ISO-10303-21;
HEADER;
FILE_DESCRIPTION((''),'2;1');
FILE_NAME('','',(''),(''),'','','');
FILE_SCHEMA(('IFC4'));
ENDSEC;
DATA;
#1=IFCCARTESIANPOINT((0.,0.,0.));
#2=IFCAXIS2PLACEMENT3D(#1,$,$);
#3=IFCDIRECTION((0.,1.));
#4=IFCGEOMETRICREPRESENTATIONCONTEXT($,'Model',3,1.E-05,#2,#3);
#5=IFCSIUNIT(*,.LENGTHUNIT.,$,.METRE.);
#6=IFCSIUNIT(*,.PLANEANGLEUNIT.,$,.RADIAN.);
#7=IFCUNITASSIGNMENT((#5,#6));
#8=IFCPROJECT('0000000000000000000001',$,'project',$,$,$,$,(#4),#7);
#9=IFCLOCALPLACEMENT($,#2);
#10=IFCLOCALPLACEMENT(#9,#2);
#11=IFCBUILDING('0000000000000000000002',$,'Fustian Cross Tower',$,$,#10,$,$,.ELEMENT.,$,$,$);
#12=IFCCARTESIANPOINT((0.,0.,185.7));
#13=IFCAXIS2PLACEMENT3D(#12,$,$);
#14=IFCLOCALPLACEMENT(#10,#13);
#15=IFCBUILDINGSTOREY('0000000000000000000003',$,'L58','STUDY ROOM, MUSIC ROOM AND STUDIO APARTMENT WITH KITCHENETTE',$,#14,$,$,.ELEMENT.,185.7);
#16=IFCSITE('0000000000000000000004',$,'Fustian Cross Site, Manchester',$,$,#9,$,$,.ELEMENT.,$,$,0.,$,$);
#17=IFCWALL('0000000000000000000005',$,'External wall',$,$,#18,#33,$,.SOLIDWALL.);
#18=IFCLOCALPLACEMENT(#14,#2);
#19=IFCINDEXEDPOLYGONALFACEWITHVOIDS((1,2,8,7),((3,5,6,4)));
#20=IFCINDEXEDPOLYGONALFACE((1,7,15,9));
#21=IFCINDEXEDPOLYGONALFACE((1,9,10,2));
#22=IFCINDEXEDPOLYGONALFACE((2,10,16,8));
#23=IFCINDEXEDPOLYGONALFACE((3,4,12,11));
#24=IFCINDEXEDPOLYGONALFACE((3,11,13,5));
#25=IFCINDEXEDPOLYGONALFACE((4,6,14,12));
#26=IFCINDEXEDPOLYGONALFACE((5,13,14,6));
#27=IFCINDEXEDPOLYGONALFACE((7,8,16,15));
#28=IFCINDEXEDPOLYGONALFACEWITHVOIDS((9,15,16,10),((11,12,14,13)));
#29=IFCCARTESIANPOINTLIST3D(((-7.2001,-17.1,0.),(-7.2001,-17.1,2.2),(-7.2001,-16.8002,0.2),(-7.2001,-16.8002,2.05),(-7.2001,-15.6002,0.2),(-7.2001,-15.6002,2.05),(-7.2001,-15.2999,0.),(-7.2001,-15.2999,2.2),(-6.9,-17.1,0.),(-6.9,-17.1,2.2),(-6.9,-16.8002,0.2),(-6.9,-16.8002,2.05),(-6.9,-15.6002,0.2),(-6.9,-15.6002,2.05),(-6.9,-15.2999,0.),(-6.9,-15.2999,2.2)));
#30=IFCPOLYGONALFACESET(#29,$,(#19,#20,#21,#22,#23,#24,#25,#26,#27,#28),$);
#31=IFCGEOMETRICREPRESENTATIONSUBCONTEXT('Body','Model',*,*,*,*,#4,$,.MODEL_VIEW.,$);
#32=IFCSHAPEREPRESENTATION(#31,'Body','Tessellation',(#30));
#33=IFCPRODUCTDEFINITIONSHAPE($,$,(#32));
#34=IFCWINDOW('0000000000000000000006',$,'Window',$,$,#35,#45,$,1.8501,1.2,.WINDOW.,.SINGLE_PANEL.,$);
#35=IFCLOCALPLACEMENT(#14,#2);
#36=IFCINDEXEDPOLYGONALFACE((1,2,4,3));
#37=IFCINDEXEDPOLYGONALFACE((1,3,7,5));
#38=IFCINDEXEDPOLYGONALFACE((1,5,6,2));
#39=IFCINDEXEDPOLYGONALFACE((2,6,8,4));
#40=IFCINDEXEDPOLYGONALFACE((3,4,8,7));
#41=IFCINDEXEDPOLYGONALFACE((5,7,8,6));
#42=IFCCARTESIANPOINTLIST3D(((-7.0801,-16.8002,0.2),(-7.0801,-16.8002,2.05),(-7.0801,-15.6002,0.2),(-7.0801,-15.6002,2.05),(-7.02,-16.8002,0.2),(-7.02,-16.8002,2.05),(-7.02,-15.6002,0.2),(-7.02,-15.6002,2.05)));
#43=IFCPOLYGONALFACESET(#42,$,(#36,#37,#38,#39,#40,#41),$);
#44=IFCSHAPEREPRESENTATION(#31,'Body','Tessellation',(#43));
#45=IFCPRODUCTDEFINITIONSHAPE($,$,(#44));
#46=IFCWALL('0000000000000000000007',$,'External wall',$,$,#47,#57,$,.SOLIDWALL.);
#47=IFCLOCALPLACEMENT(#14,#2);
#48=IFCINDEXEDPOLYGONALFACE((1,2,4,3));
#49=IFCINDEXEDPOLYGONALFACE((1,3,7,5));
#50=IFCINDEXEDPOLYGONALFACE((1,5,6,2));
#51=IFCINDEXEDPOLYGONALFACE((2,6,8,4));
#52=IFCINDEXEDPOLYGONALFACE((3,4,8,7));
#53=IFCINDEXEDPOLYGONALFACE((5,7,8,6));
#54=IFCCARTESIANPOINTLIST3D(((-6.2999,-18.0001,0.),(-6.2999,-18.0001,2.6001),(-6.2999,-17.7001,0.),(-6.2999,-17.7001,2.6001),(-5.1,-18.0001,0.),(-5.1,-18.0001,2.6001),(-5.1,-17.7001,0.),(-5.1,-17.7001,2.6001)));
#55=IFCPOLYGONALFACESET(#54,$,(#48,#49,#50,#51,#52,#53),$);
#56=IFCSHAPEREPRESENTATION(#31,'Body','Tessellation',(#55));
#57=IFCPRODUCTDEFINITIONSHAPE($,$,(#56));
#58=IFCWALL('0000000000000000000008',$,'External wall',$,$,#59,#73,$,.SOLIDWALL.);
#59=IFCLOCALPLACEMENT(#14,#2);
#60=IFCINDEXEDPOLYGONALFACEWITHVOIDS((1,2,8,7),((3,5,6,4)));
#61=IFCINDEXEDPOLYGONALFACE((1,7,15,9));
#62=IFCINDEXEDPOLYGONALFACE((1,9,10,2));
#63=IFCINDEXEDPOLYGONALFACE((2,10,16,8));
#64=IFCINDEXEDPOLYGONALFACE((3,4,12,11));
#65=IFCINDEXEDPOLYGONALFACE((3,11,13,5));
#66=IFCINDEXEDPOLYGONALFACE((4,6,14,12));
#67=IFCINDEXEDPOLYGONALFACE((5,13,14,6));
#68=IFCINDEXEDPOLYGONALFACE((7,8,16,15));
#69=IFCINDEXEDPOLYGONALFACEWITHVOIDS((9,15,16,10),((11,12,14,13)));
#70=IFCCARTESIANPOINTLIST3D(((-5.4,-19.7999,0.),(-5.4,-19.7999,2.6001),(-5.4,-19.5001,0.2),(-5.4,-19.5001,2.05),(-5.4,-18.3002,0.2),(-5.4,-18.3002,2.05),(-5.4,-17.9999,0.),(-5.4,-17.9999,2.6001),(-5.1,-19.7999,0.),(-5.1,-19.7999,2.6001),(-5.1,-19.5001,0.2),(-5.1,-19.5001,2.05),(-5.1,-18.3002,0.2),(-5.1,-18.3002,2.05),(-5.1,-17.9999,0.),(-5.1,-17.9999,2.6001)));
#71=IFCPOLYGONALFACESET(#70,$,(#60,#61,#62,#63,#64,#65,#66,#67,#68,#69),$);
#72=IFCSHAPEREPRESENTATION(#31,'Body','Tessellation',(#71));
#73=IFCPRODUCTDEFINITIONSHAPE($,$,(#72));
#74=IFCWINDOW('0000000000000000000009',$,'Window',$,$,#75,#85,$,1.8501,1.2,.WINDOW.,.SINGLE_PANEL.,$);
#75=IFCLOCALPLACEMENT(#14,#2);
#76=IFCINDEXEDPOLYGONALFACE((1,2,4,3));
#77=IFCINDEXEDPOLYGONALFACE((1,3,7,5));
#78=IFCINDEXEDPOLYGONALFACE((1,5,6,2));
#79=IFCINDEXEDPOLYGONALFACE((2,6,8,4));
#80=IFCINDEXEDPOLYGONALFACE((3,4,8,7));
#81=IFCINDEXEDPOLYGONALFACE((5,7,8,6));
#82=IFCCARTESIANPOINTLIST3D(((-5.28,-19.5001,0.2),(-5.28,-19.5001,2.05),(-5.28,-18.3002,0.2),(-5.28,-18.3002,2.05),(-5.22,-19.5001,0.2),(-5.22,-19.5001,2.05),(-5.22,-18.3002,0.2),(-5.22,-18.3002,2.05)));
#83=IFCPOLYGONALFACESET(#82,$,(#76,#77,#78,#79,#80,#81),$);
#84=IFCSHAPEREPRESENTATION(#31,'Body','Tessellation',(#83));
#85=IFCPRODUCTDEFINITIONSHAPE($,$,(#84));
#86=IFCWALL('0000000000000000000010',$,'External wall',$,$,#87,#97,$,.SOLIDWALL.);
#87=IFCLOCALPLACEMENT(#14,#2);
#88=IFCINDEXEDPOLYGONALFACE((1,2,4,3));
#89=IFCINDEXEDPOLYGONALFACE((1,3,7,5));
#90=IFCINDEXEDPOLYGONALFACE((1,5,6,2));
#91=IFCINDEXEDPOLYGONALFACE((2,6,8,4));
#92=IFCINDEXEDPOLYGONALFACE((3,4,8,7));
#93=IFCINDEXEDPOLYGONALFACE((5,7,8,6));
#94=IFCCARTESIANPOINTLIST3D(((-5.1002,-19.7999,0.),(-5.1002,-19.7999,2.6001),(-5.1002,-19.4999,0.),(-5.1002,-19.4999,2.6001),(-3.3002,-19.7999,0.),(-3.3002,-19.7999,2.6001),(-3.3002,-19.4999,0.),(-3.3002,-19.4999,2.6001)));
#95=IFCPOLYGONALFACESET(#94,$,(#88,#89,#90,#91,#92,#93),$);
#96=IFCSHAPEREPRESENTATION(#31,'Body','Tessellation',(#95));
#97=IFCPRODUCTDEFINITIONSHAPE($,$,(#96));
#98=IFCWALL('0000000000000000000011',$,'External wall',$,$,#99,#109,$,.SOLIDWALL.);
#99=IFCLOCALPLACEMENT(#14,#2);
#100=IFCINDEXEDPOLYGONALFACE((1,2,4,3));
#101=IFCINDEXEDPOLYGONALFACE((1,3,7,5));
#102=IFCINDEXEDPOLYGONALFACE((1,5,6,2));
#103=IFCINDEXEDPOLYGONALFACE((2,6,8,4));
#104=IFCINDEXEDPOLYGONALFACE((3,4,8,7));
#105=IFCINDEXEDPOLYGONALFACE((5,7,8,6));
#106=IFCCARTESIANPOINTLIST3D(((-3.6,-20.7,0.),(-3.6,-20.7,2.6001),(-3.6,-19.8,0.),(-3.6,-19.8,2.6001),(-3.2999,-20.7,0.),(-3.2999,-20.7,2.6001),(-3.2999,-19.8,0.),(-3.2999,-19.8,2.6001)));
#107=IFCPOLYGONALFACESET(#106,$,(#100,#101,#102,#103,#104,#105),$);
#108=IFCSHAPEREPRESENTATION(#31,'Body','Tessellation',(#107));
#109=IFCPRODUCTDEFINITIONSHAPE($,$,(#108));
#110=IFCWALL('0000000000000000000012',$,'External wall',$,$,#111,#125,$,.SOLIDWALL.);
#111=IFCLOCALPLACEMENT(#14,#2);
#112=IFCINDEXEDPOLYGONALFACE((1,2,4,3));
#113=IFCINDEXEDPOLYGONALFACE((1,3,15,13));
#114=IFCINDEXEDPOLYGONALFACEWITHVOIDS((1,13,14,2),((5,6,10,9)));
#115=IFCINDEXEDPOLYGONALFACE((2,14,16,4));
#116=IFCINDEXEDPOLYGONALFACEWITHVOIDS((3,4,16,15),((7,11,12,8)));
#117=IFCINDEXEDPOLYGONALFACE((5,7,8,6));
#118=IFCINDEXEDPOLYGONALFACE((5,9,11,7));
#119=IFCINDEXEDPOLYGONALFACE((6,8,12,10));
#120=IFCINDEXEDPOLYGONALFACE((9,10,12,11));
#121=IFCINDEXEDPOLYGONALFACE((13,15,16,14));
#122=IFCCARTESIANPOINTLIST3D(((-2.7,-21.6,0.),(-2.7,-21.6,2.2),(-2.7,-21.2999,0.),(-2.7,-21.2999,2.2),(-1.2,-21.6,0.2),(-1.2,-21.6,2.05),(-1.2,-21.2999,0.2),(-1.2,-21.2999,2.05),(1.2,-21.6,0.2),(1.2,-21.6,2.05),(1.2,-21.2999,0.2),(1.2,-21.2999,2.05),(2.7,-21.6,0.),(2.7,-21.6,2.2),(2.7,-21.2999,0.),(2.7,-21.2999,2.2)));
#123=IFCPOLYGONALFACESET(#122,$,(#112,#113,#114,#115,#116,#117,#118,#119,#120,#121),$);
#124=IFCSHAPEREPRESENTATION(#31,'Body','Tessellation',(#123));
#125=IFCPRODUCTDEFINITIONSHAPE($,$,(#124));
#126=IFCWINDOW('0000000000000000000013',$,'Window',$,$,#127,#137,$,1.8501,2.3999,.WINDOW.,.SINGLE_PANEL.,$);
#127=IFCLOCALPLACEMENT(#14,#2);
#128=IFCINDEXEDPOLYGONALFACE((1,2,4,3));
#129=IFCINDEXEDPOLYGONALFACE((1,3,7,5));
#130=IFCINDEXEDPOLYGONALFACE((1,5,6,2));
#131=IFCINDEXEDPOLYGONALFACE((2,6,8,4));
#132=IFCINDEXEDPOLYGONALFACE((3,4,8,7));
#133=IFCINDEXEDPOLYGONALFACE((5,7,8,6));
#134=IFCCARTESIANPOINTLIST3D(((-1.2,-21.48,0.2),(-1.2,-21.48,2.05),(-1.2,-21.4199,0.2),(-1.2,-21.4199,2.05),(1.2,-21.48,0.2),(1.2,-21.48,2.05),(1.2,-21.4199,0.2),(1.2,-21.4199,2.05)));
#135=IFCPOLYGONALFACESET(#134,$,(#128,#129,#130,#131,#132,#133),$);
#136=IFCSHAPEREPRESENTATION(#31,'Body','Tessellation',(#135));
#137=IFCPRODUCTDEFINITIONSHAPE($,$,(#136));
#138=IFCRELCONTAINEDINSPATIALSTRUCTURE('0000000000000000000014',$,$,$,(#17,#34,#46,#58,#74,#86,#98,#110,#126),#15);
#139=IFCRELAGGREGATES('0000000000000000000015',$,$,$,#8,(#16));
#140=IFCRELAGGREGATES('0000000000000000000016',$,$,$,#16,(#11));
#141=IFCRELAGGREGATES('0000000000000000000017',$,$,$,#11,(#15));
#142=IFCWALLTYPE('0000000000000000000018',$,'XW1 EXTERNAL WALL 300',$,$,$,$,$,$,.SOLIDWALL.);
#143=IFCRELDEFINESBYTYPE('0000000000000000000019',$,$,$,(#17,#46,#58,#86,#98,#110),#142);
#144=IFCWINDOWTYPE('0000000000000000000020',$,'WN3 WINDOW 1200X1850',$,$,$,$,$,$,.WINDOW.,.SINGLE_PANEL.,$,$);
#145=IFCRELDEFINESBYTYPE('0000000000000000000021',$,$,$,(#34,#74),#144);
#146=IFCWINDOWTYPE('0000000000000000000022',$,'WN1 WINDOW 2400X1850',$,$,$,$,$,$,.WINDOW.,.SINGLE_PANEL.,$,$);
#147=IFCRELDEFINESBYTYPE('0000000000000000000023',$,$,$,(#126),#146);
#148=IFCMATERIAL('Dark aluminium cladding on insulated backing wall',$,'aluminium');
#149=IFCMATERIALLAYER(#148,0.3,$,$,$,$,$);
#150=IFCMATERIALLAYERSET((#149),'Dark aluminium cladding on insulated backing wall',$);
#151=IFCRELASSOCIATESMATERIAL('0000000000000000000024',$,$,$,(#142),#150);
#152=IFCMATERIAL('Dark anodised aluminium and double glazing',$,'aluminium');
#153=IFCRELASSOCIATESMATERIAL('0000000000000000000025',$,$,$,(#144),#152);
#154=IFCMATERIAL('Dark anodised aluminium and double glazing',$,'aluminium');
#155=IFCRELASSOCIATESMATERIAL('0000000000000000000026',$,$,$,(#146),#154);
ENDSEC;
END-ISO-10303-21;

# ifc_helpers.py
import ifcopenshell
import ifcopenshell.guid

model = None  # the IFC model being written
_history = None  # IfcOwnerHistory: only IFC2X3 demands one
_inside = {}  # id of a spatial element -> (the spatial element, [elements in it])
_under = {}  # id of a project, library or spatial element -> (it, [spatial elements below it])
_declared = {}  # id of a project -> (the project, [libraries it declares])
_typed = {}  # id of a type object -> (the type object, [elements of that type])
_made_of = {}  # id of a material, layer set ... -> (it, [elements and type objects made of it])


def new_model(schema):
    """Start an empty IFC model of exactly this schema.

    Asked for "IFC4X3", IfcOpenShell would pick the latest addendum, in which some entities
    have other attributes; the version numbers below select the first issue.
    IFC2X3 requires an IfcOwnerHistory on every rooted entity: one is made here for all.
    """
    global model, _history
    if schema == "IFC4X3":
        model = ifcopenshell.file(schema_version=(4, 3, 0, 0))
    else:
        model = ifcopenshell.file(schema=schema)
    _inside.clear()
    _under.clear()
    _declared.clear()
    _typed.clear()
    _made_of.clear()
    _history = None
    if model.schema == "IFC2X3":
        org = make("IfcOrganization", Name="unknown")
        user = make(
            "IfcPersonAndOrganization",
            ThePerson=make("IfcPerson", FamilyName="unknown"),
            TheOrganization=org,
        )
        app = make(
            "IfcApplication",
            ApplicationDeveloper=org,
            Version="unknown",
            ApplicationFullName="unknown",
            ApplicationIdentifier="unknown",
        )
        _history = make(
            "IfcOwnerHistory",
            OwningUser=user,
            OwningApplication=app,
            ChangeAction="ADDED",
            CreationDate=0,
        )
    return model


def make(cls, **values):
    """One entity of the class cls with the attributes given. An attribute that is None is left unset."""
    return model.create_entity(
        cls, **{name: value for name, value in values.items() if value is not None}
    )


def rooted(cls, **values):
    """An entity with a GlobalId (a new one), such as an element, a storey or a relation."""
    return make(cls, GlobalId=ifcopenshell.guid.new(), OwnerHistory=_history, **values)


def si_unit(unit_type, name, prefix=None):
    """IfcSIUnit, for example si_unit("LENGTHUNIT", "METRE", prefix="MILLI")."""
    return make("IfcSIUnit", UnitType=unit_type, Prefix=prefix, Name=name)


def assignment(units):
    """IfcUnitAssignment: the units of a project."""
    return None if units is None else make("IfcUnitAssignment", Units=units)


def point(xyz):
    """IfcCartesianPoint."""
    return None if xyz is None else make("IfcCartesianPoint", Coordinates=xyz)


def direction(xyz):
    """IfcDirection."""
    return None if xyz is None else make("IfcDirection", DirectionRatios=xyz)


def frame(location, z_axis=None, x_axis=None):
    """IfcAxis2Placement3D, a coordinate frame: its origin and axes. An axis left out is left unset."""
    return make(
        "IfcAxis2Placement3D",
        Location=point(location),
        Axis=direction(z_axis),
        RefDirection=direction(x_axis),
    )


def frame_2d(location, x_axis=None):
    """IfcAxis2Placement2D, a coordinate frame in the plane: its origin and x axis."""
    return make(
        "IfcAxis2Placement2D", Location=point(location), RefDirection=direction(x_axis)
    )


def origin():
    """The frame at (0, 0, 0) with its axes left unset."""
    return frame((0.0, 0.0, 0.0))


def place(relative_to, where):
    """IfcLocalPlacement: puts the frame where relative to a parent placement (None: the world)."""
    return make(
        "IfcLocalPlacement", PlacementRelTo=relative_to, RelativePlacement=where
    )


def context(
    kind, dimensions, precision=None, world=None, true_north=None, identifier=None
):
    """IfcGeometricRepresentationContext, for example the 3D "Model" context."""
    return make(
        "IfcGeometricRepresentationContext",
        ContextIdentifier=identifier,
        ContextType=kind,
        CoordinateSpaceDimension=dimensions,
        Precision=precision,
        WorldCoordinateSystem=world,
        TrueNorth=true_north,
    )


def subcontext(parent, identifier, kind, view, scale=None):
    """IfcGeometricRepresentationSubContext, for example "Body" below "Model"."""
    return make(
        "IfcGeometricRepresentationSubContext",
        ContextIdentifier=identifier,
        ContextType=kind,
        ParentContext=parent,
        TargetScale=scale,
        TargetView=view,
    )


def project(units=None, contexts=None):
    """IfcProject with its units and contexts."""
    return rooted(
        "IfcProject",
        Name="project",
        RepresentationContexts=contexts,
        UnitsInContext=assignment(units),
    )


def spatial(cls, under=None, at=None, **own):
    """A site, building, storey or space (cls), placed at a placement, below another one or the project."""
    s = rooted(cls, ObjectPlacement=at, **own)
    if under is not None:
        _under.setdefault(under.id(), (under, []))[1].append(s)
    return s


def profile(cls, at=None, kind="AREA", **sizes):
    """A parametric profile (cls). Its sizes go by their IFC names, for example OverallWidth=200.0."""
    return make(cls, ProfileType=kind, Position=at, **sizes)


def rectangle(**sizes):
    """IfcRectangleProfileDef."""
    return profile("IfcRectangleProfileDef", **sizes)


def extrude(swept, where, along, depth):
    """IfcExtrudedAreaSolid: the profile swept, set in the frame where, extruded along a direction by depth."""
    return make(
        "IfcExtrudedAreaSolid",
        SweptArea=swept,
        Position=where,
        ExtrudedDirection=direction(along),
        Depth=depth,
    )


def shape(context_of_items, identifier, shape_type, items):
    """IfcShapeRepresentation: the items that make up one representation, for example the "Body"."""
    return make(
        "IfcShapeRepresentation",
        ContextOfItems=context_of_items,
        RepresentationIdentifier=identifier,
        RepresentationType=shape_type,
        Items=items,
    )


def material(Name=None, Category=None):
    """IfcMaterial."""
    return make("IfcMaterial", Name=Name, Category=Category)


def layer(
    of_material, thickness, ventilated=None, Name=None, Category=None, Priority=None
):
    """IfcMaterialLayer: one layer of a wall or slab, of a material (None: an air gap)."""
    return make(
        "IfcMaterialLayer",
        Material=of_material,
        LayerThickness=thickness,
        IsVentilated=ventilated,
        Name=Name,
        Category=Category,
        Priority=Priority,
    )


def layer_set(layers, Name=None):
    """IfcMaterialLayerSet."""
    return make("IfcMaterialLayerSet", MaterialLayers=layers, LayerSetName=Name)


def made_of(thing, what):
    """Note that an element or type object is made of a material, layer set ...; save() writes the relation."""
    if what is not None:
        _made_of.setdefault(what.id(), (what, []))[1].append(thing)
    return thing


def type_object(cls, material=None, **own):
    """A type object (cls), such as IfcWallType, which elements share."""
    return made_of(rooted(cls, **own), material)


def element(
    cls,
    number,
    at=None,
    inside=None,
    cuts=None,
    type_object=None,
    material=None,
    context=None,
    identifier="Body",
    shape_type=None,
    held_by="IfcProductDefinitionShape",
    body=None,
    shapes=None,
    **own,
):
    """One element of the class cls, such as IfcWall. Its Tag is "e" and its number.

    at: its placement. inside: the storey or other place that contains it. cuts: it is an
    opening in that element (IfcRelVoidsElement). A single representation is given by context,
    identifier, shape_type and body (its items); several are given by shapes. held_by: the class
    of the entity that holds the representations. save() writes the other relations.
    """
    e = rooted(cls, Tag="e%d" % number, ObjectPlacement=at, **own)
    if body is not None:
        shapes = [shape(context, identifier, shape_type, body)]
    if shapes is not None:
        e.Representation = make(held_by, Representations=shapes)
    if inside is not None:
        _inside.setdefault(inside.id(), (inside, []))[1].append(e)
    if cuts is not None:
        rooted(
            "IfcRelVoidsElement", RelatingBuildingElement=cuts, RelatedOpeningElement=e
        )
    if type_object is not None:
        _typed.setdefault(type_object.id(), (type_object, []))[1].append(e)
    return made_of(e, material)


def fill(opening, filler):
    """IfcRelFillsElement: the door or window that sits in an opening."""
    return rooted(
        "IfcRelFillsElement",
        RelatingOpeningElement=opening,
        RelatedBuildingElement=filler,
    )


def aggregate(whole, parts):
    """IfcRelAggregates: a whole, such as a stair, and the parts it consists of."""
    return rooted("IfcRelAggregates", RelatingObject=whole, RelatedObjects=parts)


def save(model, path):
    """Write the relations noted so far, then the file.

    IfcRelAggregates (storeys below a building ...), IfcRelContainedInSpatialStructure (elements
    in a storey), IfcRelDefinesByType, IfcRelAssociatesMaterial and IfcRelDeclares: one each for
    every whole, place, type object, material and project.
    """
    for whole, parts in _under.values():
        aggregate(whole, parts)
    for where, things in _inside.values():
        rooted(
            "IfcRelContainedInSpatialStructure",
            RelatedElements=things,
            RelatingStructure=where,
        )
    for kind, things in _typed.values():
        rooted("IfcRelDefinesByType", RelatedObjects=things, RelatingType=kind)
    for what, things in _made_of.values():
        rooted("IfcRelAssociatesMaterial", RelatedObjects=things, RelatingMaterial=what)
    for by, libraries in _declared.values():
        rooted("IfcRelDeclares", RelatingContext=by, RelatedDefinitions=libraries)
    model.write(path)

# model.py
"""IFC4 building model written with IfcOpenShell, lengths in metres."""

from ifc_helpers import new_model, si_unit, direction, frame, frame_2d, origin, place, context, subcontext, project, spatial, rectangle, extrude, material, layer, layer_set, type_object, element, fill, save


model = new_model("IFC4")

# Units and contexts
model_context = context("Model", 3, precision=1e-05, world=origin(), true_north=direction((0.0, 1.0)))
body_context = subcontext(model_context, "Body", "Model", "MODEL_VIEW")
ifc_project = project(units=[si_unit("LENGTHUNIT", "METRE"), si_unit("PLANEANGLEUNIT", "RADIAN")], contexts=[model_context])

# Site, building, storey
site_placement = place(None, origin())
site = spatial("IfcSite", under=ifc_project, at=site_placement, Name="Fustian Cross Site, Manchester", CompositionType="ELEMENT", RefElevation=0.0)
building_placement = place(site_placement, origin())
building = spatial("IfcBuilding", under=site, at=building_placement, Name="Fustian Cross Tower", CompositionType="ELEMENT")
storey_placement = place(building_placement, frame((0.0, 0.0, 185.7)))
storey = spatial("IfcBuildingStorey", under=building, at=storey_placement, Name="L58", Description="STUDY ROOM, MUSIC ROOM AND STUDIO APARTMENT WITH KITCHENETTE", CompositionType="ELEMENT", Elevation=185.7)

# Wall, opening, window
ifc_material_1 = material(Name="Dark aluminium cladding on insulated backing wall", Category="aluminium")
ifc_layer_1 = layer(ifc_material_1, 0.3)
ifc_layer_set_1 = layer_set([ifc_layer_1], Name="Dark aluminium cladding on insulated backing wall")
wall_type_1 = type_object("IfcWallType", Name="XW1 EXTERNAL WALL 300", PredefinedType="SOLIDWALL", material=ifc_layer_set_1)
wall_1_placement = place(storey_placement, frame((-7.05, -15.3, 0.0), z_axis=(0.0, 0.0, 1.0), x_axis=(0.0, -1.0, 0.0)))
wall_1 = element("IfcWall", 1, at=wall_1_placement, inside=storey, type_object=wall_type_1, Name="External wall", PredefinedType="SOLIDWALL", context=body_context, shape_type="SweptSolid", body=[
    extrude(rectangle(XDim=1.8, YDim=0.3, at=frame_2d((0.8999, 0.0))), origin(), (0.0, 0.0, 1.0), 2.2),
])
opening_1_placement = place(wall_1_placement, frame((0.3, 0.0, 0.2)))
opening_1 = element("IfcOpeningElement", 2, at=opening_1_placement, cuts=wall_1, PredefinedType="OPENING", context=body_context, shape_type="SweptSolid", body=[
    extrude(rectangle(XDim=1.2, YDim=1.8501, at=frame_2d((0.6001, 0.925))), frame((0.0, 0.1599, 0.0), z_axis=(0.0, -1.0, 0.0), x_axis=(1.0, 0.0, 0.0)), (0.0, 0.0, 1.0), 0.3201),
])
ifc_material_2 = material(Name="Dark anodised aluminium and double glazing", Category="aluminium")
window_type_1 = type_object("IfcWindowType", Name="WN3 WINDOW 1200X1850", PartitioningType="SINGLE_PANEL", PredefinedType="WINDOW", material=ifc_material_2)
window_1_placement = place(opening_1_placement, origin())
window_1 = element("IfcWindow", 3, at=window_1_placement, inside=storey, type_object=window_type_1, Name="Window", OverallHeight=1.8501, OverallWidth=1.2, PartitioningType="SINGLE_PANEL", PredefinedType="WINDOW", context=body_context, shape_type="SweptSolid", body=[
    extrude(rectangle(XDim=1.2, YDim=1.8501, at=frame_2d((0.6001, 0.925))), frame((0.0, 0.03, 0.0), z_axis=(0.0, -1.0, 0.0), x_axis=(1.0, 0.0, 0.0)), (0.0, 0.0, 1.0), 0.0601),
])
fill(opening_1, window_1)

# Wall
wall_2_placement = place(storey_placement, frame((-6.3, -17.8501, 0.0), z_axis=(0.0, 0.0, 1.0), x_axis=(1.0, 0.0, 0.0)))
element("IfcWall", 4, at=wall_2_placement, inside=storey, type_object=wall_type_1, Name="External wall", PredefinedType="SOLIDWALL", context=body_context, shape_type="SweptSolid", body=[
    extrude(rectangle(XDim=1.2, YDim=0.3, at=frame_2d((0.6001, 0.0))), origin(), (0.0, 0.0, 1.0), 2.6001),
])

# Wall, opening, window
wall_3_placement = place(storey_placement, frame((-5.25, -18.0, 0.0), z_axis=(0.0, 0.0, 1.0), x_axis=(0.0, -1.0, 0.0)))
wall_3 = element("IfcWall", 5, at=wall_3_placement, inside=storey, type_object=wall_type_1, Name="External wall", PredefinedType="SOLIDWALL", context=body_context, shape_type="SweptSolid", body=[
    extrude(rectangle(XDim=1.8, YDim=0.3, at=frame_2d((0.8999, 0.0))), origin(), (0.0, 0.0, 1.0), 2.6001),
])
opening_2_placement = place(wall_3_placement, frame((0.3, 0.0, 0.2)))
opening_2 = element("IfcOpeningElement", 6, at=opening_2_placement, cuts=wall_3, PredefinedType="OPENING", context=body_context, shape_type="SweptSolid", body=[
    extrude(rectangle(XDim=1.2, YDim=1.8501, at=frame_2d((0.6001, 0.925))), frame((0.0, 0.1599, 0.0), z_axis=(0.0, -1.0, 0.0), x_axis=(1.0, 0.0, 0.0)), (0.0, 0.0, 1.0), 0.3201),
])
window_2_placement = place(opening_2_placement, origin())
window_2 = element("IfcWindow", 7, at=window_2_placement, inside=storey, type_object=window_type_1, Name="Window", OverallHeight=1.8501, OverallWidth=1.2, PartitioningType="SINGLE_PANEL", PredefinedType="WINDOW", context=body_context, shape_type="SweptSolid", body=[
    extrude(rectangle(XDim=1.2, YDim=1.8501, at=frame_2d((0.6001, 0.925))), frame((0.0, 0.03, 0.0), z_axis=(0.0, -1.0, 0.0), x_axis=(1.0, 0.0, 0.0)), (0.0, 0.0, 1.0), 0.0601),
])
fill(opening_2, window_2)

# Walls
wall_4_placement = place(storey_placement, frame((-5.1001, -19.6499, 0.0), z_axis=(0.0, 0.0, 1.0), x_axis=(1.0, 0.0, 0.0)))
element("IfcWall", 8, at=wall_4_placement, inside=storey, type_object=wall_type_1, Name="External wall", PredefinedType="SOLIDWALL", context=body_context, shape_type="SweptSolid", body=[
    extrude(rectangle(XDim=1.8, YDim=0.3, at=frame_2d((0.8999, 0.0))), origin(), (0.0, 0.0, 1.0), 2.6001),
])
wall_5_placement = place(storey_placement, frame((-3.45, -19.8, 0.0), z_axis=(0.0, 0.0, 1.0), x_axis=(0.0, -1.0, 0.0)))
element("IfcWall", 9, at=wall_5_placement, inside=storey, type_object=wall_type_1, Name="External wall", PredefinedType="SOLIDWALL", context=body_context, shape_type="SweptSolid", body=[
    extrude(rectangle(XDim=0.8999, YDim=0.3, at=frame_2d((0.45, 0.0))), origin(), (0.0, 0.0, 1.0), 2.6001),
])

# Wall, opening, window
wall_6_placement = place(storey_placement, frame((-2.7, -21.45, 0.0), z_axis=(0.0, 0.0, 1.0), x_axis=(1.0, 0.0, 0.0)))
wall_6 = element("IfcWall", 10, at=wall_6_placement, inside=storey, type_object=wall_type_1, Name="External wall", PredefinedType="SOLIDWALL", context=body_context, shape_type="SweptSolid", body=[
    extrude(rectangle(XDim=5.3999, YDim=0.3, at=frame_2d((2.7, 0.0))), origin(), (0.0, 0.0, 1.0), 2.2),
])
opening_3_placement = place(wall_6_placement, frame((1.5, 0.0, 0.2)))
opening_3 = element("IfcOpeningElement", 11, at=opening_3_placement, cuts=wall_6, PredefinedType="OPENING", context=body_context, shape_type="SweptSolid", body=[
    extrude(rectangle(XDim=2.3999, YDim=1.8501, at=frame_2d((1.2, 0.925))), frame((0.0, 0.1599, 0.0), z_axis=(0.0, -1.0, 0.0), x_axis=(1.0, 0.0, 0.0)), (0.0, 0.0, 1.0), 0.3201),
])
ifc_material_3 = material(Name="Dark anodised aluminium and double glazing", Category="aluminium")
window_type_2 = type_object("IfcWindowType", Name="WN1 WINDOW 2400X1850", PartitioningType="SINGLE_PANEL", PredefinedType="WINDOW", material=ifc_material_3)
window_3_placement = place(opening_3_placement, origin())
window_3 = element("IfcWindow", 12, at=window_3_placement, inside=storey, type_object=window_type_2, Name="Window", OverallHeight=1.8501, OverallWidth=2.3999, PartitioningType="SINGLE_PANEL", PredefinedType="WINDOW", context=body_context, shape_type="SweptSolid", body=[
    extrude(rectangle(XDim=2.3999, YDim=1.8501, at=frame_2d((1.2, 0.925))), frame((0.0, 0.03, 0.0), z_axis=(0.0, -1.0, 0.0), x_axis=(1.0, 0.0, 0.0)), (0.0, 0.0, 1.0), 0.0601),
])
fill(opening_3, window_3)

save(model, "model.ifc")
